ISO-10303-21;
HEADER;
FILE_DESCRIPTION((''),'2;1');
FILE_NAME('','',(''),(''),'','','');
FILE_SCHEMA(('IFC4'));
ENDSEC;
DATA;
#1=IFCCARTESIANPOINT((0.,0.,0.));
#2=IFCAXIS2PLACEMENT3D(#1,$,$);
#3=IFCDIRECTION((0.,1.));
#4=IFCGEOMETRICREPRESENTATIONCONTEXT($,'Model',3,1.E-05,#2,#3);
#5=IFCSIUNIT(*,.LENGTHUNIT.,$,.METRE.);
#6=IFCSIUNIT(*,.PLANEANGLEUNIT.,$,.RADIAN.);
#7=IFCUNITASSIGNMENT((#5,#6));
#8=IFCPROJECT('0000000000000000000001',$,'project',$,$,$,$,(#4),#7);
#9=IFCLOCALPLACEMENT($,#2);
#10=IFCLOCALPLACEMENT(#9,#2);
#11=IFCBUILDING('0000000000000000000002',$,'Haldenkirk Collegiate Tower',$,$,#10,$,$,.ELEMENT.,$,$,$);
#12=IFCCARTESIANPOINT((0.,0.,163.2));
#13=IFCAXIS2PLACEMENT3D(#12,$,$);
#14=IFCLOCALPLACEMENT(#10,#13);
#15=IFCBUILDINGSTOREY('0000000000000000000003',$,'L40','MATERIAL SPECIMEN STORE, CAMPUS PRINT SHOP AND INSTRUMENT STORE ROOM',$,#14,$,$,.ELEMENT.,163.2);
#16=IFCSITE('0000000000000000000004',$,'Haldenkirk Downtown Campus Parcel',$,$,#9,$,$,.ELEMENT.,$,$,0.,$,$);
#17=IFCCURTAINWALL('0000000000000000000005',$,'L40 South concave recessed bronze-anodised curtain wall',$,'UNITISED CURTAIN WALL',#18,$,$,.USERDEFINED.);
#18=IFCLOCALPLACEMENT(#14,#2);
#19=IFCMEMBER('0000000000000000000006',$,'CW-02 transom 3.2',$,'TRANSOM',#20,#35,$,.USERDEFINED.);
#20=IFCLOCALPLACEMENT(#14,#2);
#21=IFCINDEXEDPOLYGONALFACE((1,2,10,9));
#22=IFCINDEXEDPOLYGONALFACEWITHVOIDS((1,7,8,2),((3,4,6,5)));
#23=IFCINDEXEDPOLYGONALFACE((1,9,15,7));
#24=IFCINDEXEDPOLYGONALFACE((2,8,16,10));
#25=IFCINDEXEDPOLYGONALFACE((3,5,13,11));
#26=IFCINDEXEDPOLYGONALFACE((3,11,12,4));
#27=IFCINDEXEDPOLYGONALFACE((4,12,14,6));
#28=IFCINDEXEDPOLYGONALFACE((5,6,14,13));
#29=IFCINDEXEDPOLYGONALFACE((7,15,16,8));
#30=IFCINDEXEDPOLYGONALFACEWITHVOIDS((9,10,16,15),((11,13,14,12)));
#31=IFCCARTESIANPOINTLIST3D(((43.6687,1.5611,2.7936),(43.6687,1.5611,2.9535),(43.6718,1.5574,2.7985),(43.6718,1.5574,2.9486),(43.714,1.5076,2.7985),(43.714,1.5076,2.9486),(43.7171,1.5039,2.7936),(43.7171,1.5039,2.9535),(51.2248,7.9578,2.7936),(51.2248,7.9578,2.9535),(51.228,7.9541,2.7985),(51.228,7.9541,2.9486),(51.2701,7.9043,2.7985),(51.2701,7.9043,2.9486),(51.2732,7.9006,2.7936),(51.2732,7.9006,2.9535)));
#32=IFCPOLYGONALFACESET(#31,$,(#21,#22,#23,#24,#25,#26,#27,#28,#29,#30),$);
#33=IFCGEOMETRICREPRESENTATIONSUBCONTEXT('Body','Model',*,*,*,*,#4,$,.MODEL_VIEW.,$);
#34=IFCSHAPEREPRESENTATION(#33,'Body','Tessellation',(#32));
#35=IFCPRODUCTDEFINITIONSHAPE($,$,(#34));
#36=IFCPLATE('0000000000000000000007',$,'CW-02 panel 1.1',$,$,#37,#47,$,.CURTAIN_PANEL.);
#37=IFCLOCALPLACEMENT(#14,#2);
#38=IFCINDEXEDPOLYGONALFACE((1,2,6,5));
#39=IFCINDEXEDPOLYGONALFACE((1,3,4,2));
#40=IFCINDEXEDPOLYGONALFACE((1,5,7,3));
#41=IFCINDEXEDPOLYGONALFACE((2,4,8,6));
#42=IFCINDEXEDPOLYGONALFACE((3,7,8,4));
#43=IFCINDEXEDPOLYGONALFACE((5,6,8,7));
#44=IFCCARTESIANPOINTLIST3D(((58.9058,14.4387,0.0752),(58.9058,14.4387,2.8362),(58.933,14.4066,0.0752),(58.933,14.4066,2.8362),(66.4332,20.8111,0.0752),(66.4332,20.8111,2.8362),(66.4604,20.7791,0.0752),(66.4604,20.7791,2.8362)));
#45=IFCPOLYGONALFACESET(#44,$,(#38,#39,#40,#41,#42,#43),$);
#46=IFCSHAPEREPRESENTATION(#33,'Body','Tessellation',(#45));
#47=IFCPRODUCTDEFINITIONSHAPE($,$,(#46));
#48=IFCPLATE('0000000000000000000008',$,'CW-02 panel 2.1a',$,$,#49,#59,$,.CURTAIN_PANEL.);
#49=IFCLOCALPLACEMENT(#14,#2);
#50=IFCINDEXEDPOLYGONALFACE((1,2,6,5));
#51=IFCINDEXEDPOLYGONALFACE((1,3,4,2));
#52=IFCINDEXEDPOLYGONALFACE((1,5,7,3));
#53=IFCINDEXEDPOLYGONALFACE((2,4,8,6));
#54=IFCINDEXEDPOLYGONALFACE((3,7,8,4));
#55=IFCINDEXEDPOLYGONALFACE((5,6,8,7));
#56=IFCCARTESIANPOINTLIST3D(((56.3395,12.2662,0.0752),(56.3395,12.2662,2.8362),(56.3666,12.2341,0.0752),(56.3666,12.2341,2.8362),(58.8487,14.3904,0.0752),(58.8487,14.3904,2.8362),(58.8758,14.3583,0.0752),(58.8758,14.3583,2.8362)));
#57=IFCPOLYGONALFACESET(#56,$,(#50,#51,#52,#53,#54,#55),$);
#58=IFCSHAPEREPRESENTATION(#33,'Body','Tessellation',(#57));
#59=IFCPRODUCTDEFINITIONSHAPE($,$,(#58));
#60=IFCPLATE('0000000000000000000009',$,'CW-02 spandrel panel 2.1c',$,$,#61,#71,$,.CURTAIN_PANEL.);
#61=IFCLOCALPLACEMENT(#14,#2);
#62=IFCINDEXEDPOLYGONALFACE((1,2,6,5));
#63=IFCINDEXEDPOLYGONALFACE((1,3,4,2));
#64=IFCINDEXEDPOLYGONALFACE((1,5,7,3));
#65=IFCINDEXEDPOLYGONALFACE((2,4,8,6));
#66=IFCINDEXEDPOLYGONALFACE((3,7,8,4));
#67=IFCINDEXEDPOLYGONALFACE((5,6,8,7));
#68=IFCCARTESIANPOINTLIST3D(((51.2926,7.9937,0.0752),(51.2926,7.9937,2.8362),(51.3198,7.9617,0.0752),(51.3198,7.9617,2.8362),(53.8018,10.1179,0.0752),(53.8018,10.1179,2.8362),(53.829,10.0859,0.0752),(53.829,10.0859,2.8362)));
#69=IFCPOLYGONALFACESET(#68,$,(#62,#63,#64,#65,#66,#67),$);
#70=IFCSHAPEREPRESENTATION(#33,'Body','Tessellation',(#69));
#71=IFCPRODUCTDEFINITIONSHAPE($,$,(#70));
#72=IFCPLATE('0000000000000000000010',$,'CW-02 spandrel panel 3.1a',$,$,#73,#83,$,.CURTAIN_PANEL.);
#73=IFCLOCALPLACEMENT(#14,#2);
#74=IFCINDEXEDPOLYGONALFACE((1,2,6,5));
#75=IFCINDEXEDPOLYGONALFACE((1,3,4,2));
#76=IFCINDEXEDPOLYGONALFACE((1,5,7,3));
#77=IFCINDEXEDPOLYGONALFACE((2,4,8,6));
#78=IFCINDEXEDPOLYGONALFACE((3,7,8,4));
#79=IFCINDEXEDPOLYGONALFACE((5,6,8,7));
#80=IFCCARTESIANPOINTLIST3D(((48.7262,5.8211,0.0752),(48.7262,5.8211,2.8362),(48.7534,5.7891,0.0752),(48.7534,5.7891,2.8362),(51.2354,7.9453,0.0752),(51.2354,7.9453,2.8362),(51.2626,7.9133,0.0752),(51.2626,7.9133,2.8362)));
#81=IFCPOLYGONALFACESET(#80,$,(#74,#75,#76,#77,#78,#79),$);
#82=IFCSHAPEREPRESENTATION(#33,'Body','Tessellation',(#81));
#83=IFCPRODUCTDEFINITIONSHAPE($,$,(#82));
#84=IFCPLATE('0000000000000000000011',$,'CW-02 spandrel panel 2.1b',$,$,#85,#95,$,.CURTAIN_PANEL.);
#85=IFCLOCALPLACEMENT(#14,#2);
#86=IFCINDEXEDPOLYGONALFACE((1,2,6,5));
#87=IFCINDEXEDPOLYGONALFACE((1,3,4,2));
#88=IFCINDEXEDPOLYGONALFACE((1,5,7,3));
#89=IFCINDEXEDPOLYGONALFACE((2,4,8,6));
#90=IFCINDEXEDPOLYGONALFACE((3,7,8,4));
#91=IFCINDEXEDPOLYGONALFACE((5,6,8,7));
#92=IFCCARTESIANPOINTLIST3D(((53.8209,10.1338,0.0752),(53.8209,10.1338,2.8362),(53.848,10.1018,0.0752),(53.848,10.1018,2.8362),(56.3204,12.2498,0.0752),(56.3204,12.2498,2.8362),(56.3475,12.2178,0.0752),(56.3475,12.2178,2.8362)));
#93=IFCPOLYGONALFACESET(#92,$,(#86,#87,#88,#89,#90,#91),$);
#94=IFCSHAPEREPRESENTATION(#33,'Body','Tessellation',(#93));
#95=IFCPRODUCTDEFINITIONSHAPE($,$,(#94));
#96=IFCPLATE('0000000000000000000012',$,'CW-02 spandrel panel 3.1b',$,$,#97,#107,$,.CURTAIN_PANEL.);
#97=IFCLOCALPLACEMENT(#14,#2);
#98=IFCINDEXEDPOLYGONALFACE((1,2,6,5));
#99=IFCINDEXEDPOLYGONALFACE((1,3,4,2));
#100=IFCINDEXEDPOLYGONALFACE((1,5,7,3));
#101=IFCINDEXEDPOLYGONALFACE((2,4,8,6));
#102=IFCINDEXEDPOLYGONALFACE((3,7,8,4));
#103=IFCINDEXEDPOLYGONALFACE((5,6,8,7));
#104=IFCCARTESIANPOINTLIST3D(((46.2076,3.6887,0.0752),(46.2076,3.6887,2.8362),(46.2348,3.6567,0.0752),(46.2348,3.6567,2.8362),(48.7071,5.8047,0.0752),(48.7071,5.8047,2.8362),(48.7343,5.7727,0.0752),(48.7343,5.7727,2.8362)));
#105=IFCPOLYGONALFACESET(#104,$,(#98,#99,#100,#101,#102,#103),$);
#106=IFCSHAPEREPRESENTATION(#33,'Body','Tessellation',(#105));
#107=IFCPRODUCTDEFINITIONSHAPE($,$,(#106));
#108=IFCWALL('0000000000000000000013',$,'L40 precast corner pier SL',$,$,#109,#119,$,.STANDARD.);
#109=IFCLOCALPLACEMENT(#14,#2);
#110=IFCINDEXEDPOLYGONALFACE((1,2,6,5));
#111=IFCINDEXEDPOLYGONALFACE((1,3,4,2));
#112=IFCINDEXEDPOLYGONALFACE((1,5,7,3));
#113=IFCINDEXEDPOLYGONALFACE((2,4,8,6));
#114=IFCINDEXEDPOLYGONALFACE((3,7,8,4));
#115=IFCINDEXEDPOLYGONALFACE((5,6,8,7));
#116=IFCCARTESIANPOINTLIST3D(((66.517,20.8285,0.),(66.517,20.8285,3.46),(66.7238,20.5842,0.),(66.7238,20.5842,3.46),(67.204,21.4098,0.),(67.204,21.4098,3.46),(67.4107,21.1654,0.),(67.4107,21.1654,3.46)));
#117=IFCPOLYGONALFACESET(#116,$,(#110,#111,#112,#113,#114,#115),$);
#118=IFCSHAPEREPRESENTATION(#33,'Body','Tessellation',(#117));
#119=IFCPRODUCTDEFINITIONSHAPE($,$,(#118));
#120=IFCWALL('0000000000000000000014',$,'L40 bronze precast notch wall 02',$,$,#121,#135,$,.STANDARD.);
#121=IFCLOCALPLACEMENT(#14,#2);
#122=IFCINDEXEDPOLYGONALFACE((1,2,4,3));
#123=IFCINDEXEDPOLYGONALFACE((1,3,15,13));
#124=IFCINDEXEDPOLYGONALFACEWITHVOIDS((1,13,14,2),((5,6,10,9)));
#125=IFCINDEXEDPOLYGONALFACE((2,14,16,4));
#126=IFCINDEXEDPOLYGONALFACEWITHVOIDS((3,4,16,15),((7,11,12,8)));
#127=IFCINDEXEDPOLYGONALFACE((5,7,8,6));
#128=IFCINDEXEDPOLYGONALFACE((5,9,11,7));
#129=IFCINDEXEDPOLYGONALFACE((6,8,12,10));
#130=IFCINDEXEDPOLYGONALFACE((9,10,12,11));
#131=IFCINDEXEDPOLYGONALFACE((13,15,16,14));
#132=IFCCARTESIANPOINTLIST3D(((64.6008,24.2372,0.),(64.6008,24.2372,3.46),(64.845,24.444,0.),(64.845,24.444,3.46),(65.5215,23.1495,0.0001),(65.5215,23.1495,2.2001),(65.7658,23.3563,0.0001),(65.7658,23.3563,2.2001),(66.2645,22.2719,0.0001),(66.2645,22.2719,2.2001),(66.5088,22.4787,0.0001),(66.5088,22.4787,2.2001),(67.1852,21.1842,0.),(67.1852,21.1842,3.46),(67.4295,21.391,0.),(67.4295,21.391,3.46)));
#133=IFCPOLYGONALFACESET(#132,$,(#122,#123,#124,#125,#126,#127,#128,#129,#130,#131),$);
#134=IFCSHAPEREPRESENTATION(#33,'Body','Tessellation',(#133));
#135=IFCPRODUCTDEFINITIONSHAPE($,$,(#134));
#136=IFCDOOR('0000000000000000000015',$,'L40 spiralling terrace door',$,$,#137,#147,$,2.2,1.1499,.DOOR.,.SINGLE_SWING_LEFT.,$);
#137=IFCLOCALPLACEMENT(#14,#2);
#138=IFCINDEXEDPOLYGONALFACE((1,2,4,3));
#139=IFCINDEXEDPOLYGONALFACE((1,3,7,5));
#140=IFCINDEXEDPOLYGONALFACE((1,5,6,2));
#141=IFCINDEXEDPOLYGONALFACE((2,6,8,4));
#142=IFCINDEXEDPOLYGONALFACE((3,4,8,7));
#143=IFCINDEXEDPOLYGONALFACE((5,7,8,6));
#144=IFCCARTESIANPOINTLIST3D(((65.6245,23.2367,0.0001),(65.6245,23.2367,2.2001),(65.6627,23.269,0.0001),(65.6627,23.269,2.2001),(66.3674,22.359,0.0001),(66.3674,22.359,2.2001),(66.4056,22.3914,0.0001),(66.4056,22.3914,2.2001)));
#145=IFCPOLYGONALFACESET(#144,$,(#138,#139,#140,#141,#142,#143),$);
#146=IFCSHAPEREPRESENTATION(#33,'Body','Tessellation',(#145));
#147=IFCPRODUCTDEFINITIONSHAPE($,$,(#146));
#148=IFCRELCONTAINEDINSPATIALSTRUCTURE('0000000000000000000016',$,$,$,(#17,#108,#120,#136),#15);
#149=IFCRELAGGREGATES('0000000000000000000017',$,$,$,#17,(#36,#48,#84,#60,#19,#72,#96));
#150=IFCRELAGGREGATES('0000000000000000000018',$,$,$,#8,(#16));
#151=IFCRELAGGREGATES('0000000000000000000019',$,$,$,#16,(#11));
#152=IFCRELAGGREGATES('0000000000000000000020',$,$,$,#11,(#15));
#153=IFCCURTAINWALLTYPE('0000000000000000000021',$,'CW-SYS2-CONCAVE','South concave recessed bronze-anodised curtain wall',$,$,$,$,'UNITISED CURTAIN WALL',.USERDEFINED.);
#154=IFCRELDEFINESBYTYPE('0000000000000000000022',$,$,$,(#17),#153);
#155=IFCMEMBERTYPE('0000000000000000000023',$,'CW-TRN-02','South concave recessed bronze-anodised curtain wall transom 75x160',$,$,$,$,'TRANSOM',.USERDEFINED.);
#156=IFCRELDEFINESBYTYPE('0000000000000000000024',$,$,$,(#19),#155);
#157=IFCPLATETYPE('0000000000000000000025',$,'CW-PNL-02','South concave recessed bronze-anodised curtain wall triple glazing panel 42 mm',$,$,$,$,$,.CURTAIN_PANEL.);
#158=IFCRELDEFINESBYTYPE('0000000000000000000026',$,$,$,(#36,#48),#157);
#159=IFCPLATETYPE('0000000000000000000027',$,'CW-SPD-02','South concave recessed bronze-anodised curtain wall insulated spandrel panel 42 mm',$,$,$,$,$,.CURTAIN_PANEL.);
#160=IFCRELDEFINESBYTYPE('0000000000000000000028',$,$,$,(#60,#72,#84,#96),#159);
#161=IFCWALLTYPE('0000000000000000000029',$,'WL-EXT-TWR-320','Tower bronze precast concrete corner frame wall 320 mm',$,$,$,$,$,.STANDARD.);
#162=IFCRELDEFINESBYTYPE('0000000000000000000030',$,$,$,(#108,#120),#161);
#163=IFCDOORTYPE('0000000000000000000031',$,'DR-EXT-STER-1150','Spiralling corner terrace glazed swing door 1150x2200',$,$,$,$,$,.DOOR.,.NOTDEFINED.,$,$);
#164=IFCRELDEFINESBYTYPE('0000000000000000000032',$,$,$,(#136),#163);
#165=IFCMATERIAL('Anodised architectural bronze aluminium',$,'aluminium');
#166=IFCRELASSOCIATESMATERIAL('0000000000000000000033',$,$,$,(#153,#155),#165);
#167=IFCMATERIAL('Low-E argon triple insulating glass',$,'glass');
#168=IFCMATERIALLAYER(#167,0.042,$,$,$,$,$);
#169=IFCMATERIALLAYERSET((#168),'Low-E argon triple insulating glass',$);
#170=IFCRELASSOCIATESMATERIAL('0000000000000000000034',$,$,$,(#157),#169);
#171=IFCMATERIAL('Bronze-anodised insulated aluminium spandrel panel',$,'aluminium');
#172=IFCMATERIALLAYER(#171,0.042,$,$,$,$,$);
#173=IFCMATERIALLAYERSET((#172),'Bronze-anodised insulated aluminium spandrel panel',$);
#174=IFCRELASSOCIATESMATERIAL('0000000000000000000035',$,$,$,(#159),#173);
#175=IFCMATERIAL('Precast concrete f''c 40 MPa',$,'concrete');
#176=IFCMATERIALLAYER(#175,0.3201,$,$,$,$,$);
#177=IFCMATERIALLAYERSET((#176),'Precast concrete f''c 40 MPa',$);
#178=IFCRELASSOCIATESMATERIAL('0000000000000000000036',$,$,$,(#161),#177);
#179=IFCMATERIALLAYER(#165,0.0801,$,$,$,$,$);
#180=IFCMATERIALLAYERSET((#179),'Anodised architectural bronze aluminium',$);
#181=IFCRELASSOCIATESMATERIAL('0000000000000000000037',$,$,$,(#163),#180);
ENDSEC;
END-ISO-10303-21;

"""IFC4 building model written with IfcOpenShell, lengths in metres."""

from ifc_helpers import new_model, si_unit, direction, frame, frame_2d, origin, origin_2d, place, context, subcontext, project, spatial, rectangle, hollow_rectangle, extrude, source, transform, mapped, material, layer, layer_set, material_profile, profile_set, type_object, element, fill, aggregate, save


model = new_model("IFC4")

# Units and contexts
model_context = context("Model", 3, precision=1e-05, world=origin(), true_north=direction((0.0, 1.0)))
body_context = subcontext(model_context, "Body", "Model", "MODEL_VIEW")
ifc_project = project(units=[si_unit("LENGTHUNIT", "METRE"), si_unit("PLANEANGLEUNIT", "RADIAN")], contexts=[model_context])

# Site, building, storey
site_placement = place(None, origin())
site = spatial("IfcSite", under=ifc_project, at=site_placement, Name="Haldenkirk Downtown Campus Parcel", CompositionType="ELEMENT", RefElevation=0.0)
building_placement = place(site_placement, origin())
building = spatial("IfcBuilding", under=site, at=building_placement, Name="Haldenkirk Collegiate Tower", CompositionType="ELEMENT")
storey_placement = place(building_placement, frame((0.0, 0.0, 163.2)))
storey = spatial("IfcBuildingStorey", under=building, at=storey_placement, Name="L40", Description="MATERIAL SPECIMEN STORE, CAMPUS PRINT SHOP AND INSTRUMENT STORE ROOM", CompositionType="ELEMENT", Elevation=163.2)

# Curtain wall, member, plates
ifc_material_1 = material(Name="Anodised architectural bronze aluminium", Category="aluminium")
curtain_wall_type = type_object("IfcCurtainWallType", Name="CW-SYS2-CONCAVE", Description="South concave recessed bronze-anodised curtain wall", ElementType="UNITISED CURTAIN WALL", PredefinedType="USERDEFINED", material=ifc_material_1)
curtain_wall_placement = place(storey_placement, origin())
curtain_wall = element("IfcCurtainWall", 1, at=curtain_wall_placement, inside=storey, type_object=curtain_wall_type, Name="L40 South concave recessed bronze-anodised curtain wall", ObjectType="UNITISED CURTAIN WALL", PredefinedType="USERDEFINED")
ifc_material_profile_1 = material_profile(ifc_material_1, hollow_rectangle(XDim=0.075, YDim=0.1599, WallThickness=0.0049, at=origin_2d()), Name="CW-TRN-02")
ifc_profile_set_1 = profile_set([ifc_material_profile_1], Name="Anodised architectural bronze aluminium")
member_type_1 = type_object("IfcMemberType", Name="CW-TRN-02", Description="South concave recessed bronze-anodised curtain wall transom 75x160", ElementType="TRANSOM", PredefinedType="USERDEFINED", material=ifc_profile_set_1)
member_1_placement = place(storey_placement, frame((51.249, 7.9292, 2.8735), z_axis=(-0.763234, -0.646122, 0.0), x_axis=(0.646122, -0.763234, 0.0)))
member_1 = element("IfcMember", 2, at=member_1_placement, type_object=member_type_1, Name="CW-02 transom 3.2", ObjectType="TRANSOM", PredefinedType="USERDEFINED", context=body_context, shape_type="SweptSolid", body=[
    extrude(hollow_rectangle(XDim=0.075, YDim=0.1599, WallThickness=0.0049, at=origin_2d()), origin(), (0.0, 0.0, 1.0), 9.9001),
])
ifc_material_2 = material(Name="Low-E argon triple insulating glass", Category="glass")
ifc_layer_1 = layer(ifc_material_2, 0.042)
ifc_layer_set_1 = layer_set([ifc_layer_1], Name="Low-E argon triple insulating glass")
plate_type_1 = type_object("IfcPlateType", Name="CW-PNL-02", Description="South concave recessed bronze-anodised curtain wall triple glazing panel 42 mm", PredefinedType="CURTAIN_PANEL", material=ifc_layer_set_1)
shared_shape_1 = source(origin(), body_context, "Body", "SweptSolid", [
    extrude(rectangle(XDim=9.8625, YDim=0.042, at=origin_2d()), origin(), (0.0, 0.0, 1.0), 2.761),
])
plate_1_placement = place(storey_placement, frame((62.6831, 17.6089, 0.0752), z_axis=(0.0, 0.0, 1.0), x_axis=(-0.763232, -0.646124, 0.0)))
plate_1 = element("IfcPlate", 3, at=plate_1_placement, type_object=plate_type_1, Name="CW-02 panel 1.1", PredefinedType="CURTAIN_PANEL", context=body_context, shape_type="MappedRepresentation", body=[
    mapped(shared_shape_1, transform((0.0, 0.0, 0.0), x_axis=(1.0, 0.0, 0.0), y_axis=(0.0, 1.0, 0.0), z_axis=(0.0, 0.0, 1.0), scale=1.0)),
])
shared_shape_2 = source(origin(), body_context, "Body", "SweptSolid", [
    extrude(rectangle(XDim=3.2876, YDim=0.042, at=origin_2d()), origin(), (0.0, 0.0, 1.0), 2.761),
])
plate_2_placement = place(storey_placement, frame((57.6077, 13.3123, 0.0752), z_axis=(0.0, 0.0, 1.0), x_axis=(-0.763232, -0.646124, 0.0)))
plate_2 = element("IfcPlate", 4, at=plate_2_placement, type_object=plate_type_1, Name="CW-02 panel 2.1a", PredefinedType="CURTAIN_PANEL", context=body_context, shape_type="MappedRepresentation", body=[
    mapped(shared_shape_2, transform((0.0, 0.0, 0.0), x_axis=(1.0, 0.0, 0.0), y_axis=(0.0, 1.0, 0.0), z_axis=(0.0, 0.0, 1.0), scale=1.0)),
])
ifc_material_3 = material(Name="Bronze-anodised insulated aluminium spandrel panel", Category="aluminium")
ifc_layer_2 = layer(ifc_material_3, 0.042)
ifc_layer_set_2 = layer_set([ifc_layer_2], Name="Bronze-anodised insulated aluminium spandrel panel")
plate_type_2 = type_object("IfcPlateType", Name="CW-SPD-02", Description="South concave recessed bronze-anodised curtain wall insulated spandrel panel 42 mm", PredefinedType="CURTAIN_PANEL", material=ifc_layer_set_2)
plate_3_placement = place(storey_placement, frame((52.5608, 9.0398, 0.0752), z_axis=(0.0, 0.0, 1.0), x_axis=(-0.763232, -0.646124, 0.0)))
plate_3 = element("IfcPlate", 5, at=plate_3_placement, type_object=plate_type_2, Name="CW-02 spandrel panel 2.1c", PredefinedType="CURTAIN_PANEL", context=body_context, shape_type="MappedRepresentation", body=[
    mapped(shared_shape_2, transform((0.0, 0.0, 0.0), x_axis=(1.0, 0.0, 0.0), y_axis=(0.0, 1.0, 0.0), z_axis=(0.0, 0.0, 1.0), scale=1.0)),
])
plate_4_placement = place(storey_placement, frame((49.9944, 6.8672, 0.0752), z_axis=(0.0, 0.0, 1.0), x_axis=(-0.763232, -0.646124, 0.0)))
plate_4 = element("IfcPlate", 6, at=plate_4_placement, type_object=plate_type_2, Name="CW-02 spandrel panel 3.1a", PredefinedType="CURTAIN_PANEL", context=body_context, shape_type="MappedRepresentation", body=[
    mapped(shared_shape_2, transform((0.0, 0.0, 0.0), x_axis=(1.0, 0.0, 0.0), y_axis=(0.0, 1.0, 0.0), z_axis=(0.0, 0.0, 1.0), scale=1.0)),
])
shared_shape_3 = source(origin(), body_context, "Body", "SweptSolid", [
    extrude(rectangle(XDim=3.2749, YDim=0.042, at=origin_2d()), origin(), (0.0, 0.0, 1.0), 2.761),
])
plate_5_placement = place(storey_placement, frame((55.0842, 11.1758, 0.0752), z_axis=(0.0, 0.0, 1.0), x_axis=(-0.763232, -0.646124, 0.0)))
plate_5 = element("IfcPlate", 7, at=plate_5_placement, type_object=plate_type_2, Name="CW-02 spandrel panel 2.1b", PredefinedType="CURTAIN_PANEL", context=body_context, shape_type="MappedRepresentation", body=[
    mapped(shared_shape_3, transform((0.0, 0.0, 0.0), x_axis=(1.0, 0.0, 0.0), y_axis=(0.0, 1.0, 0.0), z_axis=(0.0, 0.0, 1.0), scale=1.0)),
])
plate_6_placement = place(storey_placement, frame((47.4709, 4.7307, 0.0752), z_axis=(0.0, 0.0, 1.0), x_axis=(-0.763232, -0.646124, 0.0)))
plate_6 = element("IfcPlate", 8, at=plate_6_placement, type_object=plate_type_2, Name="CW-02 spandrel panel 3.1b", PredefinedType="CURTAIN_PANEL", context=body_context, shape_type="MappedRepresentation", body=[
    mapped(shared_shape_3, transform((0.0, 0.0, 0.0), x_axis=(1.0, 0.0, 0.0), y_axis=(0.0, 1.0, 0.0), z_axis=(0.0, 0.0, 1.0), scale=1.0)),
])
aggregate(curtain_wall, [plate_1, plate_2, plate_5, plate_3, member_1, plate_4, plate_6])

# Wall
ifc_material_4 = material(Name="Precast concrete f'c 40 MPa", Category="concrete")
ifc_layer_3 = layer(ifc_material_4, 0.3201)
ifc_layer_set_3 = layer_set([ifc_layer_3], Name="Precast concrete f'c 40 MPa")
wall_type_1 = type_object("IfcWallType", Name="WL-EXT-TWR-320", Description="Tower bronze precast concrete corner frame wall 320 mm", PredefinedType="STANDARD", material=ifc_layer_set_3)
wall_1_placement = place(storey_placement, frame((67.3074, 21.2876, 0.0), z_axis=(0.0, 0.0, 1.0), x_axis=(-0.763397, -0.64593, 0.0)))
element("IfcWall", 9, at=wall_1_placement, inside=storey, type_object=wall_type_1, Name="L40 precast corner pier SL", PredefinedType="STANDARD", context=body_context, shape_type="SweptSolid", body=[
    extrude(rectangle(XDim=0.8999, YDim=0.3201, at=frame_2d((0.45, 0.0))), origin(), (0.0, 0.0, 1.0), 3.46),
])

# Wall, opening, door
wall_2_placement = place(storey_placement, frame((64.7229, 24.3406, 0.0), z_axis=(0.0, 0.0, 1.0), x_axis=(0.646115, -0.76324, 0.0)))
wall_2 = element("IfcWall", 10, at=wall_2_placement, inside=storey, type_object=wall_type_1, Name="L40 bronze precast notch wall 02", PredefinedType="STANDARD", context=body_context, shape_type="SweptSolid", body=[
    extrude(rectangle(XDim=4.0, YDim=0.3201, at=frame_2d((2.0, 0.0))), origin(), (0.0, 0.0, 1.0), 3.46),
])
opening_1_placement = place(wall_2_placement, frame((1.425, 0.0, 0.0)))
opening_1 = element("IfcOpeningElement", 11, at=opening_1_placement, cuts=wall_2, PredefinedType="OPENING", context=body_context, shape_type="SweptSolid", body=[
    extrude(rectangle(XDim=1.1499, YDim=2.2, at=frame_2d((0.575, 1.1001))), frame((0.0, 0.1699, 0.0), z_axis=(0.0, -1.0, 0.0), x_axis=(1.0, 0.0, 0.0)), (0.0, 0.0, 1.0), 0.3401),
])
ifc_layer_4 = layer(ifc_material_1, 0.0801)
ifc_layer_set_4 = layer_set([ifc_layer_4], Name="Anodised architectural bronze aluminium")
door_type_1 = type_object("IfcDoorType", Name="DR-EXT-STER-1150", Description="Spiralling corner terrace glazed swing door 1150x2200", OperationType="NOTDEFINED", PredefinedType="DOOR", material=ifc_layer_set_4)
door_1_placement = place(opening_1_placement, origin())
door_1 = element("IfcDoor", 12, at=door_1_placement, inside=storey, type_object=door_type_1, Name="L40 spiralling terrace door", OperationType="SINGLE_SWING_LEFT", OverallHeight=2.2, OverallWidth=1.1499, PredefinedType="DOOR", context=body_context, shape_type="SweptSolid", body=[
    extrude(rectangle(XDim=1.1499, YDim=2.2, at=frame_2d((0.575, 1.1001))), frame((0.0, 0.0249, 0.0), z_axis=(0.0, -1.0, 0.0), x_axis=(1.0, 0.0, 0.0)), (0.0, 0.0, 1.0), 0.05),
])
fill(opening_1, door_1)

save(model, "model.ifc")
